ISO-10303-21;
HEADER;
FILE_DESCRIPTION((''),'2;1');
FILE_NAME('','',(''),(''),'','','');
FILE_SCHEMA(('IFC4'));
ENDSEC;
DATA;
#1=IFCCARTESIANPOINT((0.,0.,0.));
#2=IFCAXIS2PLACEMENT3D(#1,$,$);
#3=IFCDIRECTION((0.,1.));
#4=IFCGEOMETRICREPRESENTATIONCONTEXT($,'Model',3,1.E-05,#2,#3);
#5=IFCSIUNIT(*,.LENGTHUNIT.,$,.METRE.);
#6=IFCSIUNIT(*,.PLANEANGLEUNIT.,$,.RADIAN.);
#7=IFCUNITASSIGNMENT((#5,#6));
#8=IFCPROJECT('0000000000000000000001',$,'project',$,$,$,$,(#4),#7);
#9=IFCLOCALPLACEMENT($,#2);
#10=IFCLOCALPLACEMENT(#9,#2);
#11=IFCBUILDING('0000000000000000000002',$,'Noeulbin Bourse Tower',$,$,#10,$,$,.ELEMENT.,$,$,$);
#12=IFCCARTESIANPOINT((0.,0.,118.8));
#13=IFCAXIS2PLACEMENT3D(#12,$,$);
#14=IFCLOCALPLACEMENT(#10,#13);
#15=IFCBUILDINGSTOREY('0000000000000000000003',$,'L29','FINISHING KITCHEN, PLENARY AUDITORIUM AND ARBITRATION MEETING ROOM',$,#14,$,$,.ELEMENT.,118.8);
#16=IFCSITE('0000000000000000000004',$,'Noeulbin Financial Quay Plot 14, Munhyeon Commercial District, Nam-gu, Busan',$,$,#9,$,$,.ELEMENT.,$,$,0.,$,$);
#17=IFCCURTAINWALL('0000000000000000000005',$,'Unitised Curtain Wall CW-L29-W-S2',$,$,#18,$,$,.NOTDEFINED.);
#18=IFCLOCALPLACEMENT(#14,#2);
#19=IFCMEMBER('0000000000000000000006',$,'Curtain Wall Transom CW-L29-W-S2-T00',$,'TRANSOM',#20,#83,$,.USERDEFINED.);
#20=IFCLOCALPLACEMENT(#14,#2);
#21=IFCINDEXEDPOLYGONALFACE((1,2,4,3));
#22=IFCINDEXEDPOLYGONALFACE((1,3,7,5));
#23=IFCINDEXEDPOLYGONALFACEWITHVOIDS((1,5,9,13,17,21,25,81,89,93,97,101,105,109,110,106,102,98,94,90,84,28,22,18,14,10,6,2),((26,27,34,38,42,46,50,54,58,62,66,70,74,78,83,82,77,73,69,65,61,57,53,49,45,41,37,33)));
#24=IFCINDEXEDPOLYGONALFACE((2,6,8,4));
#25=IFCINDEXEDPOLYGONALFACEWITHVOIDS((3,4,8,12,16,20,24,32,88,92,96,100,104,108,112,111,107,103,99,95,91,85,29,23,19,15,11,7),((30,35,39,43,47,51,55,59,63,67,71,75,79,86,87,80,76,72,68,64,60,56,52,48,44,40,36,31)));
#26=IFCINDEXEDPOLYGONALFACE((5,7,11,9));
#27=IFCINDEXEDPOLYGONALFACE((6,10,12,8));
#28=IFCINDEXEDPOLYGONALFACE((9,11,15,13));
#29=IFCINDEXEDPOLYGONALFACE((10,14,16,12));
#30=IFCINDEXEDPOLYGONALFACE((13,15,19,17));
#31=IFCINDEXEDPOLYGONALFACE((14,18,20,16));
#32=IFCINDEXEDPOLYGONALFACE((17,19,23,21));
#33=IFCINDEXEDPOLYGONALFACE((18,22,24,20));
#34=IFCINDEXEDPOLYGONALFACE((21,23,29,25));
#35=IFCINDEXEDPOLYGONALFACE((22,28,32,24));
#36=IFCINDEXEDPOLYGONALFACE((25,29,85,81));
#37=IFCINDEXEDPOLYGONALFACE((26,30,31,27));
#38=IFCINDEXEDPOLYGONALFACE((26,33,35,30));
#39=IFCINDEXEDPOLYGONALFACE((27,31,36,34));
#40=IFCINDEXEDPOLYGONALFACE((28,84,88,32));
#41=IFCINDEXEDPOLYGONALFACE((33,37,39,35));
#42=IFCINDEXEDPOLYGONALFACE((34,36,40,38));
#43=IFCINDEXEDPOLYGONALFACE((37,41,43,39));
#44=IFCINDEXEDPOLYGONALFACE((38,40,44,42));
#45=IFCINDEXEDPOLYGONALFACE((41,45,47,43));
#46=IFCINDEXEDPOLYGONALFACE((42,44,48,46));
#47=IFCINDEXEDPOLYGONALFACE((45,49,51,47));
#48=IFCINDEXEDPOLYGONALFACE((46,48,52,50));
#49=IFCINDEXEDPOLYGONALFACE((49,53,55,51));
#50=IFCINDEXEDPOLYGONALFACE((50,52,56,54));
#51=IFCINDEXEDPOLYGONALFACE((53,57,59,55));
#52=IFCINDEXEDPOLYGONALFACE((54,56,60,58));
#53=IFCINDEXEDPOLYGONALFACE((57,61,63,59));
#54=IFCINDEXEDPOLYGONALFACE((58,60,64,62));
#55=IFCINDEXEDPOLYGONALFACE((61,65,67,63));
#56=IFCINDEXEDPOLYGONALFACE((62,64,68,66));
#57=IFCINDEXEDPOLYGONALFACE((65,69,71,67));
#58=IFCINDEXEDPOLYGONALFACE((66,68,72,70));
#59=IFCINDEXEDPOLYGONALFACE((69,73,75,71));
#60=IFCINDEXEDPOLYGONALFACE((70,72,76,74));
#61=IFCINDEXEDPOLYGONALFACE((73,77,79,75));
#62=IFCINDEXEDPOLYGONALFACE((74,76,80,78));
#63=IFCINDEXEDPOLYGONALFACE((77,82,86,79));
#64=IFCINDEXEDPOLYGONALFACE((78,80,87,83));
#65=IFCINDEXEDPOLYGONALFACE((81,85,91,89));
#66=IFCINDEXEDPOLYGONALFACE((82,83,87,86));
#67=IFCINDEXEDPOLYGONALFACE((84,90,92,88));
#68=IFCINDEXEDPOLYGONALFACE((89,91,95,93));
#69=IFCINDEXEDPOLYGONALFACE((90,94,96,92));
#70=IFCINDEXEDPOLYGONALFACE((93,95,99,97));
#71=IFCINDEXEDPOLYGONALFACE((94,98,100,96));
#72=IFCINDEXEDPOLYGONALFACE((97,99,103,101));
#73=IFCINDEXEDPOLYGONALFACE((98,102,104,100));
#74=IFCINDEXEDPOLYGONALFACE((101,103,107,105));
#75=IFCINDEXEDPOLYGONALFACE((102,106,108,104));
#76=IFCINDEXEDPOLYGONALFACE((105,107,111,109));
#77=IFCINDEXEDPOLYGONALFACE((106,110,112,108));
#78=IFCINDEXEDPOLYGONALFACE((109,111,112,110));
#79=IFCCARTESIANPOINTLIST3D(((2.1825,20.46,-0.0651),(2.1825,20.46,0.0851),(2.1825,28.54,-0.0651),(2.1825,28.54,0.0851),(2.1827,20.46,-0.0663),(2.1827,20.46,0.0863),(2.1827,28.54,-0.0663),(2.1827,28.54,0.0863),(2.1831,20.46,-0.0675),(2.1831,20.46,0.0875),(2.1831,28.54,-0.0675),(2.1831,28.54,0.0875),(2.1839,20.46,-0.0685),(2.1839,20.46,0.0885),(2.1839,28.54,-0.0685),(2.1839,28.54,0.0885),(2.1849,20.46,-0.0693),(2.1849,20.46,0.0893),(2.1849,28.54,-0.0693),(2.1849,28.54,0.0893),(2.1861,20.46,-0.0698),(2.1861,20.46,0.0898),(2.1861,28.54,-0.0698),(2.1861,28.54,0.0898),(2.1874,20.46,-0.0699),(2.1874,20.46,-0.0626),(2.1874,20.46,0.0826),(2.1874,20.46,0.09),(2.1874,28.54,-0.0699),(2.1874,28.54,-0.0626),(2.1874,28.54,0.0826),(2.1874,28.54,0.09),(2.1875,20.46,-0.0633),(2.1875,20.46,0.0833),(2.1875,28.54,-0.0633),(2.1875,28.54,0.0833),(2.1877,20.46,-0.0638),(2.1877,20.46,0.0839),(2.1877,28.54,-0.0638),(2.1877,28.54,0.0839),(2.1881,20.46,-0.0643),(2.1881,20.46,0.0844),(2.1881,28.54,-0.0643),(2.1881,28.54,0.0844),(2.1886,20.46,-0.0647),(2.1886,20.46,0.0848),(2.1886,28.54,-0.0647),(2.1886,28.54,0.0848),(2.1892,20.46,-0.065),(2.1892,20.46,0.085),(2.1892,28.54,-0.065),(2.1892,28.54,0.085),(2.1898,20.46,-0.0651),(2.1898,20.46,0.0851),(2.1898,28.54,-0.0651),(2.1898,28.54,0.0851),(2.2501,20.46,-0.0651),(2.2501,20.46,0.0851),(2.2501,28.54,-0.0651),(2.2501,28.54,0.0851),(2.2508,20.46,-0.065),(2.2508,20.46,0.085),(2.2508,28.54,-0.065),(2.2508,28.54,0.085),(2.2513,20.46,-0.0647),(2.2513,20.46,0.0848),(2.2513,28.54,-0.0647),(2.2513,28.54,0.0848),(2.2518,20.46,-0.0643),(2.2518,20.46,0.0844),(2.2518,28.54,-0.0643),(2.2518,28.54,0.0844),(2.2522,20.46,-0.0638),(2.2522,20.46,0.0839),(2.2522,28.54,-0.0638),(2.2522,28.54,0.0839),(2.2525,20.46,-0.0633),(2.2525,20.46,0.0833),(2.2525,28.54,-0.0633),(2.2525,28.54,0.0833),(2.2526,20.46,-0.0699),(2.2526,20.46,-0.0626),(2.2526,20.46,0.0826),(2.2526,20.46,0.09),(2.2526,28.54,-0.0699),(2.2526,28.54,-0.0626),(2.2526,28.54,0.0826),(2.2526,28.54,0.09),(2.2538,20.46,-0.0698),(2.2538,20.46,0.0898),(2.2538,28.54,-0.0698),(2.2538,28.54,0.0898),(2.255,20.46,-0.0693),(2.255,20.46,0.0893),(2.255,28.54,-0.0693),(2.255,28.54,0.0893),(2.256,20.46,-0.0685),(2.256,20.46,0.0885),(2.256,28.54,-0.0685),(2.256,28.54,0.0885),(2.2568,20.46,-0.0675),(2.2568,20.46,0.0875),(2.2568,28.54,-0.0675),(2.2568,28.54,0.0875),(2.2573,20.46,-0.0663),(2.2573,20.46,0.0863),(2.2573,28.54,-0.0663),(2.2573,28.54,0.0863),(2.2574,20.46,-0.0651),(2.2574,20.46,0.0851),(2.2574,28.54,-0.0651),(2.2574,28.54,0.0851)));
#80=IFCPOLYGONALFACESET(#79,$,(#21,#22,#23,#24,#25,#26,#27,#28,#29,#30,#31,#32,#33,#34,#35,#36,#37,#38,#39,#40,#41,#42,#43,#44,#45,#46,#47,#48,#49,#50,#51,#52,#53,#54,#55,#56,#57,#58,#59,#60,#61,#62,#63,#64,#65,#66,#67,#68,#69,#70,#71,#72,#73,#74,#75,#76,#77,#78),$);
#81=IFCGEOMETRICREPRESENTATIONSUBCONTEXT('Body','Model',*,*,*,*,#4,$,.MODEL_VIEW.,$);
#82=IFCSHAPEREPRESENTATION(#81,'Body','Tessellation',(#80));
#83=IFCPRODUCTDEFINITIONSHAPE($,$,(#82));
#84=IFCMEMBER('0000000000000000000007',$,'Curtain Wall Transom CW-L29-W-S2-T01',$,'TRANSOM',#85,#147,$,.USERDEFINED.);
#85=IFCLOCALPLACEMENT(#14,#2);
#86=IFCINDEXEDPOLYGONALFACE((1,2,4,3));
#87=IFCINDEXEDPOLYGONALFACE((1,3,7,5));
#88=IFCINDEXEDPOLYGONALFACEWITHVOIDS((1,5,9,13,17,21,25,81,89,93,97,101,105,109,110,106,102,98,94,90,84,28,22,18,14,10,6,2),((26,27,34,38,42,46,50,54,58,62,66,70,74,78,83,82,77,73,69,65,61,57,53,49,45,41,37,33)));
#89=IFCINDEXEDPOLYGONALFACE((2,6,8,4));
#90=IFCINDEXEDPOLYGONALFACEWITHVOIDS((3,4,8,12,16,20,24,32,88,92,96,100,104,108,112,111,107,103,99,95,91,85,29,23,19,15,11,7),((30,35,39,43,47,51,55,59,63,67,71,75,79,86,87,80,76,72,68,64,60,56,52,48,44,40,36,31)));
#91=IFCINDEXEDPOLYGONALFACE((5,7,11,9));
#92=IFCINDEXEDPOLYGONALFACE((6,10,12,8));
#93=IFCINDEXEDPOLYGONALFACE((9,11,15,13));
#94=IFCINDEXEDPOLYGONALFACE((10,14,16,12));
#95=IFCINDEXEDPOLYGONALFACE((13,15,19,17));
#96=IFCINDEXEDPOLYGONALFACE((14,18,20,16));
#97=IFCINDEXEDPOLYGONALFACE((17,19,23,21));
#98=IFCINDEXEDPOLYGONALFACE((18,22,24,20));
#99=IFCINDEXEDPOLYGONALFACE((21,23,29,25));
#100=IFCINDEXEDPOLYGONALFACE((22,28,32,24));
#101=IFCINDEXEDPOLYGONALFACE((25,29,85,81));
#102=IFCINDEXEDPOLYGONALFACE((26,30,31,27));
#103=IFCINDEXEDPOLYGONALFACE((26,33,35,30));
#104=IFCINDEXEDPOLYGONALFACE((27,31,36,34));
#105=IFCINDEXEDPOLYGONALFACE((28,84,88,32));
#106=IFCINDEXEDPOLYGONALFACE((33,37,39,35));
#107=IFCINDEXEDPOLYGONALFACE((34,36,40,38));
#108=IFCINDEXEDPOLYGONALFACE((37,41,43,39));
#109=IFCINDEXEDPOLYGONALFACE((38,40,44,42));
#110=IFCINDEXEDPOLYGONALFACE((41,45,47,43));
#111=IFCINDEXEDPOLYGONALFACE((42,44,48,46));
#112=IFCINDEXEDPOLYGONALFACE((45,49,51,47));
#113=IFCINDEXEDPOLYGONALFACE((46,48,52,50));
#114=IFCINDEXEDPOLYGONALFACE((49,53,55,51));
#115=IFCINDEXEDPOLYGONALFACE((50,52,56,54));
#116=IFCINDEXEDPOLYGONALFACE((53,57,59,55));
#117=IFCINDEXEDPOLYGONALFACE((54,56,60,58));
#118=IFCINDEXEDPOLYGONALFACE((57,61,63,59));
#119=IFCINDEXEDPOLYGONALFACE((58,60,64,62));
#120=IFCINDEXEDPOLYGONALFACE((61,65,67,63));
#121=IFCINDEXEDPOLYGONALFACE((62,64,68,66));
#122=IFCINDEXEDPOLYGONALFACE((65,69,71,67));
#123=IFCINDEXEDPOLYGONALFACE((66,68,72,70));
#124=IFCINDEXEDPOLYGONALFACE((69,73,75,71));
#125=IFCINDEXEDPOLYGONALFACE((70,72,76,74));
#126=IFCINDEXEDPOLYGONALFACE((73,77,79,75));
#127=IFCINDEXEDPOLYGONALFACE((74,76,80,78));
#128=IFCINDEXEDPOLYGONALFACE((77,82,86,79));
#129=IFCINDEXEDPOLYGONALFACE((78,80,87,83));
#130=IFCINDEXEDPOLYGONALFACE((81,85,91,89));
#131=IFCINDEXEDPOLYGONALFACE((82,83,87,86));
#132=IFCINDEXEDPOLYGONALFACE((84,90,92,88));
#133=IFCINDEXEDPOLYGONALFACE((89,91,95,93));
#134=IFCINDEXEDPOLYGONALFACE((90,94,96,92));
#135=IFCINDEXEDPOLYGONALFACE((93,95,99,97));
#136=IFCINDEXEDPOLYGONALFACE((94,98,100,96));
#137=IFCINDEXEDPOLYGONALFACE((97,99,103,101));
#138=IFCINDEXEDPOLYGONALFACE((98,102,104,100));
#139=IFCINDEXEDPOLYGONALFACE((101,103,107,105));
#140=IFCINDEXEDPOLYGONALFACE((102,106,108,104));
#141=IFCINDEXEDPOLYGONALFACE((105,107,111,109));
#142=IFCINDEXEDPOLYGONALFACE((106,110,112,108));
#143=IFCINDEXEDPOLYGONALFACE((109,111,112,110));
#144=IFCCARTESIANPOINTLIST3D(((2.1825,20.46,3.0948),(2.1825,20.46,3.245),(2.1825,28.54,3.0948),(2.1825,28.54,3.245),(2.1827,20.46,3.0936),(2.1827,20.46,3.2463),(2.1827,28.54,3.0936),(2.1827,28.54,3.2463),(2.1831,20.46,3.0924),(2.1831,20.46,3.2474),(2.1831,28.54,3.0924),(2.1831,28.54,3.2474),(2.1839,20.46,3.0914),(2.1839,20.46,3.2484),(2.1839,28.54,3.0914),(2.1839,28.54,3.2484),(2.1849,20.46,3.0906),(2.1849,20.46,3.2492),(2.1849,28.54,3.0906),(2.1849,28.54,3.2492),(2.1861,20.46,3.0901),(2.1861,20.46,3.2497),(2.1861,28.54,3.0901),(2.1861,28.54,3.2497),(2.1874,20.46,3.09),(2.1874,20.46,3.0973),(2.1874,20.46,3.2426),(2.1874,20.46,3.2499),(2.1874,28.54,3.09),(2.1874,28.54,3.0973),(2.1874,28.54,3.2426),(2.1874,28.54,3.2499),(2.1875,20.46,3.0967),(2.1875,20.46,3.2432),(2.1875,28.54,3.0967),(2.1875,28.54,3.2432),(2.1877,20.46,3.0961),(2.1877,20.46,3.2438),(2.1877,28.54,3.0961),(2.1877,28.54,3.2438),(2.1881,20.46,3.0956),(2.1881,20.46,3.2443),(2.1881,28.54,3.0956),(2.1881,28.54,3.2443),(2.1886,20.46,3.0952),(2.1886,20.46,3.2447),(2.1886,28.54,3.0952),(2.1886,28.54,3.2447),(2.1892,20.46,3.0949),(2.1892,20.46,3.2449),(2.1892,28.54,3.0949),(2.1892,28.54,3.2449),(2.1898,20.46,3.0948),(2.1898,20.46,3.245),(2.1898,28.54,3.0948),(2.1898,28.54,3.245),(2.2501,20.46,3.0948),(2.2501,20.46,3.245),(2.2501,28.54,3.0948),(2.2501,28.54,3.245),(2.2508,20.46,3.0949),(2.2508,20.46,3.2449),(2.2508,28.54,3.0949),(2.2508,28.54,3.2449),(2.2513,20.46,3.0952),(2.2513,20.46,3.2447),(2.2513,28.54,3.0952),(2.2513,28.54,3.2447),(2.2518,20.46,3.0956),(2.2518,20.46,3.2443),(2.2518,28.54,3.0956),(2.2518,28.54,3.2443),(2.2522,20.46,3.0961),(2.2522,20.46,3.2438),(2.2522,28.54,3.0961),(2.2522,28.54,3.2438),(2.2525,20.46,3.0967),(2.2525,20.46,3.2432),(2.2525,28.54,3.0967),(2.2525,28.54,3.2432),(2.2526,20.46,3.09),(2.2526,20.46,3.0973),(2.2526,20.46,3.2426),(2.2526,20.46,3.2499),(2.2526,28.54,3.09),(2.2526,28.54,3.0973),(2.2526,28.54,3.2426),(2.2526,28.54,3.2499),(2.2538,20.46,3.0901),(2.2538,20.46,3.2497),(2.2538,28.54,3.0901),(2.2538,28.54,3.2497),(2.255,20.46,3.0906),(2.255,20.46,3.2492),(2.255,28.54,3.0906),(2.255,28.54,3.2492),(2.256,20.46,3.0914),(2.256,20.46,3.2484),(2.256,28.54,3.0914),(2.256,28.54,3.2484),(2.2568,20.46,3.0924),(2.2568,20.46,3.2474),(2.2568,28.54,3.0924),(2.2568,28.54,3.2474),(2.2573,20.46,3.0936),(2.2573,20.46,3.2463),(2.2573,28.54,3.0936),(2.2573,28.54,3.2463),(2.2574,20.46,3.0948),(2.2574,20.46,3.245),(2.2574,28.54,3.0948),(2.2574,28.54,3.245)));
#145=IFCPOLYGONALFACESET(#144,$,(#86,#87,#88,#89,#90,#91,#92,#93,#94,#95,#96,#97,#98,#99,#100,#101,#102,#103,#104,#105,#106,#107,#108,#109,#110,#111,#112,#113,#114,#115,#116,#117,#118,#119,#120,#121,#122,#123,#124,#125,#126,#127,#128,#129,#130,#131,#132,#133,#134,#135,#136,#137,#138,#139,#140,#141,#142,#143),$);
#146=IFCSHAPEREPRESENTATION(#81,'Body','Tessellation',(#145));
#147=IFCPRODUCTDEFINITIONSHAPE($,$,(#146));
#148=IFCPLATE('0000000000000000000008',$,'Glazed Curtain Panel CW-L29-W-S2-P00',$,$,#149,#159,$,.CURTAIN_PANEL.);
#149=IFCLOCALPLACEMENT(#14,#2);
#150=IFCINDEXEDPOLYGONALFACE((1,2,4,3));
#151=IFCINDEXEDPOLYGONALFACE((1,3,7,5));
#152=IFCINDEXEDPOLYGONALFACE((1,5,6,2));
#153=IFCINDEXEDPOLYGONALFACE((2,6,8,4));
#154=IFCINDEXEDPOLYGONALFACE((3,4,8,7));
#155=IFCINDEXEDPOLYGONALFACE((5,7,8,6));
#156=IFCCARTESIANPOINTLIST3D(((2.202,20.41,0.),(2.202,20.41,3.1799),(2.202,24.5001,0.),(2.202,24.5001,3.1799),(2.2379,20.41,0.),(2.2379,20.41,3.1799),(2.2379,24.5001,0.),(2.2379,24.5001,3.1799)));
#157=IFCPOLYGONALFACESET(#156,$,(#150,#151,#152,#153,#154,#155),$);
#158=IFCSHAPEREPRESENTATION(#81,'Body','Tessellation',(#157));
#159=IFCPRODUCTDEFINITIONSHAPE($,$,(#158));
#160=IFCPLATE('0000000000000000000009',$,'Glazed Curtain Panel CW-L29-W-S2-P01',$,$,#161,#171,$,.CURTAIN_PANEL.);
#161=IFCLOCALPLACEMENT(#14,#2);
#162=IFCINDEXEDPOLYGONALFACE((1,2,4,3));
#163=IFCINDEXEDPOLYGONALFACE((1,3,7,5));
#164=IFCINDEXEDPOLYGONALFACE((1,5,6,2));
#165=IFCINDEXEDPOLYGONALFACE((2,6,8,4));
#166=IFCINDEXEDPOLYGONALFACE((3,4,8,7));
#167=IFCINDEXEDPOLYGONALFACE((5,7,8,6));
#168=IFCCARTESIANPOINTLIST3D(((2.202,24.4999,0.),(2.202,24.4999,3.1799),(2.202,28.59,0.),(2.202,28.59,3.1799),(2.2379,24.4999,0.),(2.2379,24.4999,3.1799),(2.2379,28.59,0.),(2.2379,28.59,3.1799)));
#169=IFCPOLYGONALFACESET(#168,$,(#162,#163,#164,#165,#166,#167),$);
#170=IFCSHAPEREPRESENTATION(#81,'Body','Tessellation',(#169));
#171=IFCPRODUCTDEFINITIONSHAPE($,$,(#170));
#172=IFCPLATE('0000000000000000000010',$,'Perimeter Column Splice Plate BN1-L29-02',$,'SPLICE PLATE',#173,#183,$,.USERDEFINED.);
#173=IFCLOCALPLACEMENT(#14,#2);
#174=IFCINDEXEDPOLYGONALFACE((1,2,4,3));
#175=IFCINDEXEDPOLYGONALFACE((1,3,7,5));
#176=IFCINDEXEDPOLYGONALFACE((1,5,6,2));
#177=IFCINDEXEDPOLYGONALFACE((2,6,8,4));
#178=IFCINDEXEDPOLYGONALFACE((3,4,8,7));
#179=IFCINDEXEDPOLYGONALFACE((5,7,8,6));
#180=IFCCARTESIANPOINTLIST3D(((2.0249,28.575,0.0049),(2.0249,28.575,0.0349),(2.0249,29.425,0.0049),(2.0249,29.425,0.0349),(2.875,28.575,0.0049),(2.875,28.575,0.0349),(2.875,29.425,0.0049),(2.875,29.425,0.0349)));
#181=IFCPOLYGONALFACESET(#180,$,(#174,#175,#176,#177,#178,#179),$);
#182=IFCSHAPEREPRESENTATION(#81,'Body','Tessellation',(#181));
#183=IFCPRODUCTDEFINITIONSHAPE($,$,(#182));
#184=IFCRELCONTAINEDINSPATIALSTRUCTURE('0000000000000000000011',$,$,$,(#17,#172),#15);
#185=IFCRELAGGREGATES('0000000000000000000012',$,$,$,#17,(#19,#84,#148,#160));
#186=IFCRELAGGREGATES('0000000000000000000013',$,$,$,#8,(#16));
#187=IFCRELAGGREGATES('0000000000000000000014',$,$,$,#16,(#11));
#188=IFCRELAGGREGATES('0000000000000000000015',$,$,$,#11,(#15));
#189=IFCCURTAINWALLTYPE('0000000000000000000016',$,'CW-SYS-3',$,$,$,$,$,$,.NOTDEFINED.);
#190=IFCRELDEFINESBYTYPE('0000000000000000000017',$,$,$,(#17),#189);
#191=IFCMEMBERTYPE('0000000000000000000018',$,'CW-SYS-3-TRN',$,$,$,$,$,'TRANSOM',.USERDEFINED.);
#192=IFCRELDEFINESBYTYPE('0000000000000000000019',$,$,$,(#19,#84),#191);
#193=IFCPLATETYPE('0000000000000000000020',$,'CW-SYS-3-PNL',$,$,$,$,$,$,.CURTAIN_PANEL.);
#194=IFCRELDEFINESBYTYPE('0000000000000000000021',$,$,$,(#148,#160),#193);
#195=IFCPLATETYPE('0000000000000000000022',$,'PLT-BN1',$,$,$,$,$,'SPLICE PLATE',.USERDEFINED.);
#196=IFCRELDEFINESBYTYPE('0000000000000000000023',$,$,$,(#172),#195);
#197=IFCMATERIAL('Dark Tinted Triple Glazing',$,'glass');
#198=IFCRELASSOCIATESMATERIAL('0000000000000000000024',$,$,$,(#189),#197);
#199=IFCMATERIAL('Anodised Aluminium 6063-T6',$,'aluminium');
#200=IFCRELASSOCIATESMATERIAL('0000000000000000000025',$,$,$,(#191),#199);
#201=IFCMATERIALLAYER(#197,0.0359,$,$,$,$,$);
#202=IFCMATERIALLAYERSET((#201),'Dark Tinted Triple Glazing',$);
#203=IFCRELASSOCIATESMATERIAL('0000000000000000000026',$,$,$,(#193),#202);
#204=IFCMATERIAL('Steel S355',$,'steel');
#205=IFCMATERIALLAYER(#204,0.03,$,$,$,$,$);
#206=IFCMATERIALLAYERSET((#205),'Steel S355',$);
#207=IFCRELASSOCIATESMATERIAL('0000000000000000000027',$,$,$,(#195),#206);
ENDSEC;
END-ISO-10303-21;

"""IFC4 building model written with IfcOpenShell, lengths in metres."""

from ifc_helpers import new_model, si_unit, direction, frame, origin, origin_2d, place, context, subcontext, project, spatial, rectangle, hollow_rectangle, extrude, material, layer, layer_set, material_profile, profile_set, type_object, element, aggregate, save


model = new_model("IFC4")

# Units and contexts
model_context = context("Model", 3, precision=1e-05, world=origin(), true_north=direction((0.0, 1.0)))
body_context = subcontext(model_context, "Body", "Model", "MODEL_VIEW")
ifc_project = project(units=[si_unit("LENGTHUNIT", "METRE"), si_unit("PLANEANGLEUNIT", "RADIAN")], contexts=[model_context])

# Site, building, storey
site_placement = place(None, origin())
site = spatial("IfcSite", under=ifc_project, at=site_placement, Name="Noeulbin Financial Quay Plot 14, Munhyeon Commercial District, Nam-gu, Busan", CompositionType="ELEMENT", RefElevation=0.0)
building_placement = place(site_placement, origin())
building = spatial("IfcBuilding", under=site, at=building_placement, Name="Noeulbin Bourse Tower", CompositionType="ELEMENT")
storey_placement = place(building_placement, frame((0.0, 0.0, 118.8)))
storey = spatial("IfcBuildingStorey", under=building, at=storey_placement, Name="L29", Description="FINISHING KITCHEN, PLENARY AUDITORIUM AND ARBITRATION MEETING ROOM", CompositionType="ELEMENT", Elevation=118.8)

# Shared definitions
ifc_material_1 = material(Name="Steel S355", Category="steel")

# Curtain wall, members, plates
ifc_material_2 = material(Name="Dark Tinted Triple Glazing", Category="glass")
curtain_wall_type = type_object("IfcCurtainWallType", Name="CW-SYS-3", PredefinedType="NOTDEFINED", material=ifc_material_2)
curtain_wall_placement = place(storey_placement, origin())
curtain_wall = element("IfcCurtainWall", 1, at=curtain_wall_placement, inside=storey, type_object=curtain_wall_type, Name="Unitised Curtain Wall CW-L29-W-S2", PredefinedType="NOTDEFINED")
ifc_material_3 = material(Name="Anodised Aluminium 6063-T6", Category="aluminium")
ifc_material_profile_1 = material_profile(ifc_material_3, hollow_rectangle(XDim=0.075, YDim=0.1599, WallThickness=0.0049, InnerFilletRadius=0.0024, OuterFilletRadius=0.0049, at=origin_2d()), Name="ALU-TRAN-75x160x5", Category="LoadBearing")
ifc_profile_set_1 = profile_set([ifc_material_profile_1], Name="Anodised Aluminium 6063-T6")
member_type_1 = type_object("IfcMemberType", Name="CW-SYS-3-TRN", ElementType="TRANSOM", PredefinedType="USERDEFINED", material=ifc_profile_set_1)
member_1_placement = place(storey_placement, frame((2.22, 20.46, 0.01), z_axis=(0.0, 1.0, 0.0), x_axis=(-1.0, 0.0, 0.0)))
member_1 = element("IfcMember", 2, at=member_1_placement, type_object=member_type_1, Name="Curtain Wall Transom CW-L29-W-S2-T00", ObjectType="TRANSOM", PredefinedType="USERDEFINED", context=body_context, shape_type="SweptSolid", body=[
    extrude(hollow_rectangle(XDim=0.075, YDim=0.1599, WallThickness=0.0049, InnerFilletRadius=0.0024, OuterFilletRadius=0.0049, at=origin_2d()), origin(), (0.0, 0.0, 1.0), 8.0801),
])
member_2_placement = place(storey_placement, frame((2.22, 20.46, 3.1699), z_axis=(0.0, 1.0, 0.0), x_axis=(-1.0, 0.0, 0.0)))
member_2 = element("IfcMember", 3, at=member_2_placement, type_object=member_type_1, Name="Curtain Wall Transom CW-L29-W-S2-T01", ObjectType="TRANSOM", PredefinedType="USERDEFINED", context=body_context, shape_type="SweptSolid", body=[
    extrude(hollow_rectangle(XDim=0.075, YDim=0.1599, WallThickness=0.0049, InnerFilletRadius=0.0024, OuterFilletRadius=0.0049, at=origin_2d()), origin(), (0.0, 0.0, 1.0), 8.0801),
])
ifc_layer_1 = layer(ifc_material_2, 0.0359)
ifc_layer_set_1 = layer_set([ifc_layer_1], Name="Dark Tinted Triple Glazing")
plate_type_1 = type_object("IfcPlateType", Name="CW-SYS-3-PNL", PredefinedType="CURTAIN_PANEL", material=ifc_layer_set_1)
plate_1_placement = place(storey_placement, frame((2.22, 22.4551, 0.0), z_axis=(0.0, 0.0, 1.0), x_axis=(0.0, 1.0, 0.0)))
plate_1 = element("IfcPlate", 4, at=plate_1_placement, type_object=plate_type_1, Name="Glazed Curtain Panel CW-L29-W-S2-P00", PredefinedType="CURTAIN_PANEL", context=body_context, shape_type="SweptSolid", body=[
    extrude(rectangle(XDim=4.0901, YDim=0.0359, at=origin_2d()), origin(), (0.0, 0.0, 1.0), 3.1799),
])
plate_2_placement = place(storey_placement, frame((2.22, 26.5449, 0.0), z_axis=(0.0, 0.0, 1.0), x_axis=(0.0, 1.0, 0.0)))
plate_2 = element("IfcPlate", 5, at=plate_2_placement, type_object=plate_type_1, Name="Glazed Curtain Panel CW-L29-W-S2-P01", PredefinedType="CURTAIN_PANEL", context=body_context, shape_type="SweptSolid", body=[
    extrude(rectangle(XDim=4.0901, YDim=0.0359, at=origin_2d()), origin(), (0.0, 0.0, 1.0), 3.1799),
])
aggregate(curtain_wall, [member_1, member_2, plate_1, plate_2])

# Plate
ifc_layer_2 = layer(ifc_material_1, 0.03)
ifc_layer_set_2 = layer_set([ifc_layer_2], Name="Steel S355")
plate_type_2 = type_object("IfcPlateType", Name="PLT-BN1", ElementType="SPLICE PLATE", PredefinedType="USERDEFINED", material=ifc_layer_set_2)
plate_3_placement = place(storey_placement, frame((2.45, 29.0, 0.0049), z_axis=(0.0, 0.0, 1.0), x_axis=(1.0, 0.0, 0.0)))
element("IfcPlate", 6, at=plate_3_placement, inside=storey, type_object=plate_type_2, Name="Perimeter Column Splice Plate BN1-L29-02", ObjectType="SPLICE PLATE", PredefinedType="USERDEFINED", context=body_context, shape_type="SweptSolid", body=[
    extrude(rectangle(XDim=0.8501, YDim=0.8501, at=origin_2d()), origin(), (0.0, 0.0, 1.0), 0.03),
])

save(model, "model.ifc")
